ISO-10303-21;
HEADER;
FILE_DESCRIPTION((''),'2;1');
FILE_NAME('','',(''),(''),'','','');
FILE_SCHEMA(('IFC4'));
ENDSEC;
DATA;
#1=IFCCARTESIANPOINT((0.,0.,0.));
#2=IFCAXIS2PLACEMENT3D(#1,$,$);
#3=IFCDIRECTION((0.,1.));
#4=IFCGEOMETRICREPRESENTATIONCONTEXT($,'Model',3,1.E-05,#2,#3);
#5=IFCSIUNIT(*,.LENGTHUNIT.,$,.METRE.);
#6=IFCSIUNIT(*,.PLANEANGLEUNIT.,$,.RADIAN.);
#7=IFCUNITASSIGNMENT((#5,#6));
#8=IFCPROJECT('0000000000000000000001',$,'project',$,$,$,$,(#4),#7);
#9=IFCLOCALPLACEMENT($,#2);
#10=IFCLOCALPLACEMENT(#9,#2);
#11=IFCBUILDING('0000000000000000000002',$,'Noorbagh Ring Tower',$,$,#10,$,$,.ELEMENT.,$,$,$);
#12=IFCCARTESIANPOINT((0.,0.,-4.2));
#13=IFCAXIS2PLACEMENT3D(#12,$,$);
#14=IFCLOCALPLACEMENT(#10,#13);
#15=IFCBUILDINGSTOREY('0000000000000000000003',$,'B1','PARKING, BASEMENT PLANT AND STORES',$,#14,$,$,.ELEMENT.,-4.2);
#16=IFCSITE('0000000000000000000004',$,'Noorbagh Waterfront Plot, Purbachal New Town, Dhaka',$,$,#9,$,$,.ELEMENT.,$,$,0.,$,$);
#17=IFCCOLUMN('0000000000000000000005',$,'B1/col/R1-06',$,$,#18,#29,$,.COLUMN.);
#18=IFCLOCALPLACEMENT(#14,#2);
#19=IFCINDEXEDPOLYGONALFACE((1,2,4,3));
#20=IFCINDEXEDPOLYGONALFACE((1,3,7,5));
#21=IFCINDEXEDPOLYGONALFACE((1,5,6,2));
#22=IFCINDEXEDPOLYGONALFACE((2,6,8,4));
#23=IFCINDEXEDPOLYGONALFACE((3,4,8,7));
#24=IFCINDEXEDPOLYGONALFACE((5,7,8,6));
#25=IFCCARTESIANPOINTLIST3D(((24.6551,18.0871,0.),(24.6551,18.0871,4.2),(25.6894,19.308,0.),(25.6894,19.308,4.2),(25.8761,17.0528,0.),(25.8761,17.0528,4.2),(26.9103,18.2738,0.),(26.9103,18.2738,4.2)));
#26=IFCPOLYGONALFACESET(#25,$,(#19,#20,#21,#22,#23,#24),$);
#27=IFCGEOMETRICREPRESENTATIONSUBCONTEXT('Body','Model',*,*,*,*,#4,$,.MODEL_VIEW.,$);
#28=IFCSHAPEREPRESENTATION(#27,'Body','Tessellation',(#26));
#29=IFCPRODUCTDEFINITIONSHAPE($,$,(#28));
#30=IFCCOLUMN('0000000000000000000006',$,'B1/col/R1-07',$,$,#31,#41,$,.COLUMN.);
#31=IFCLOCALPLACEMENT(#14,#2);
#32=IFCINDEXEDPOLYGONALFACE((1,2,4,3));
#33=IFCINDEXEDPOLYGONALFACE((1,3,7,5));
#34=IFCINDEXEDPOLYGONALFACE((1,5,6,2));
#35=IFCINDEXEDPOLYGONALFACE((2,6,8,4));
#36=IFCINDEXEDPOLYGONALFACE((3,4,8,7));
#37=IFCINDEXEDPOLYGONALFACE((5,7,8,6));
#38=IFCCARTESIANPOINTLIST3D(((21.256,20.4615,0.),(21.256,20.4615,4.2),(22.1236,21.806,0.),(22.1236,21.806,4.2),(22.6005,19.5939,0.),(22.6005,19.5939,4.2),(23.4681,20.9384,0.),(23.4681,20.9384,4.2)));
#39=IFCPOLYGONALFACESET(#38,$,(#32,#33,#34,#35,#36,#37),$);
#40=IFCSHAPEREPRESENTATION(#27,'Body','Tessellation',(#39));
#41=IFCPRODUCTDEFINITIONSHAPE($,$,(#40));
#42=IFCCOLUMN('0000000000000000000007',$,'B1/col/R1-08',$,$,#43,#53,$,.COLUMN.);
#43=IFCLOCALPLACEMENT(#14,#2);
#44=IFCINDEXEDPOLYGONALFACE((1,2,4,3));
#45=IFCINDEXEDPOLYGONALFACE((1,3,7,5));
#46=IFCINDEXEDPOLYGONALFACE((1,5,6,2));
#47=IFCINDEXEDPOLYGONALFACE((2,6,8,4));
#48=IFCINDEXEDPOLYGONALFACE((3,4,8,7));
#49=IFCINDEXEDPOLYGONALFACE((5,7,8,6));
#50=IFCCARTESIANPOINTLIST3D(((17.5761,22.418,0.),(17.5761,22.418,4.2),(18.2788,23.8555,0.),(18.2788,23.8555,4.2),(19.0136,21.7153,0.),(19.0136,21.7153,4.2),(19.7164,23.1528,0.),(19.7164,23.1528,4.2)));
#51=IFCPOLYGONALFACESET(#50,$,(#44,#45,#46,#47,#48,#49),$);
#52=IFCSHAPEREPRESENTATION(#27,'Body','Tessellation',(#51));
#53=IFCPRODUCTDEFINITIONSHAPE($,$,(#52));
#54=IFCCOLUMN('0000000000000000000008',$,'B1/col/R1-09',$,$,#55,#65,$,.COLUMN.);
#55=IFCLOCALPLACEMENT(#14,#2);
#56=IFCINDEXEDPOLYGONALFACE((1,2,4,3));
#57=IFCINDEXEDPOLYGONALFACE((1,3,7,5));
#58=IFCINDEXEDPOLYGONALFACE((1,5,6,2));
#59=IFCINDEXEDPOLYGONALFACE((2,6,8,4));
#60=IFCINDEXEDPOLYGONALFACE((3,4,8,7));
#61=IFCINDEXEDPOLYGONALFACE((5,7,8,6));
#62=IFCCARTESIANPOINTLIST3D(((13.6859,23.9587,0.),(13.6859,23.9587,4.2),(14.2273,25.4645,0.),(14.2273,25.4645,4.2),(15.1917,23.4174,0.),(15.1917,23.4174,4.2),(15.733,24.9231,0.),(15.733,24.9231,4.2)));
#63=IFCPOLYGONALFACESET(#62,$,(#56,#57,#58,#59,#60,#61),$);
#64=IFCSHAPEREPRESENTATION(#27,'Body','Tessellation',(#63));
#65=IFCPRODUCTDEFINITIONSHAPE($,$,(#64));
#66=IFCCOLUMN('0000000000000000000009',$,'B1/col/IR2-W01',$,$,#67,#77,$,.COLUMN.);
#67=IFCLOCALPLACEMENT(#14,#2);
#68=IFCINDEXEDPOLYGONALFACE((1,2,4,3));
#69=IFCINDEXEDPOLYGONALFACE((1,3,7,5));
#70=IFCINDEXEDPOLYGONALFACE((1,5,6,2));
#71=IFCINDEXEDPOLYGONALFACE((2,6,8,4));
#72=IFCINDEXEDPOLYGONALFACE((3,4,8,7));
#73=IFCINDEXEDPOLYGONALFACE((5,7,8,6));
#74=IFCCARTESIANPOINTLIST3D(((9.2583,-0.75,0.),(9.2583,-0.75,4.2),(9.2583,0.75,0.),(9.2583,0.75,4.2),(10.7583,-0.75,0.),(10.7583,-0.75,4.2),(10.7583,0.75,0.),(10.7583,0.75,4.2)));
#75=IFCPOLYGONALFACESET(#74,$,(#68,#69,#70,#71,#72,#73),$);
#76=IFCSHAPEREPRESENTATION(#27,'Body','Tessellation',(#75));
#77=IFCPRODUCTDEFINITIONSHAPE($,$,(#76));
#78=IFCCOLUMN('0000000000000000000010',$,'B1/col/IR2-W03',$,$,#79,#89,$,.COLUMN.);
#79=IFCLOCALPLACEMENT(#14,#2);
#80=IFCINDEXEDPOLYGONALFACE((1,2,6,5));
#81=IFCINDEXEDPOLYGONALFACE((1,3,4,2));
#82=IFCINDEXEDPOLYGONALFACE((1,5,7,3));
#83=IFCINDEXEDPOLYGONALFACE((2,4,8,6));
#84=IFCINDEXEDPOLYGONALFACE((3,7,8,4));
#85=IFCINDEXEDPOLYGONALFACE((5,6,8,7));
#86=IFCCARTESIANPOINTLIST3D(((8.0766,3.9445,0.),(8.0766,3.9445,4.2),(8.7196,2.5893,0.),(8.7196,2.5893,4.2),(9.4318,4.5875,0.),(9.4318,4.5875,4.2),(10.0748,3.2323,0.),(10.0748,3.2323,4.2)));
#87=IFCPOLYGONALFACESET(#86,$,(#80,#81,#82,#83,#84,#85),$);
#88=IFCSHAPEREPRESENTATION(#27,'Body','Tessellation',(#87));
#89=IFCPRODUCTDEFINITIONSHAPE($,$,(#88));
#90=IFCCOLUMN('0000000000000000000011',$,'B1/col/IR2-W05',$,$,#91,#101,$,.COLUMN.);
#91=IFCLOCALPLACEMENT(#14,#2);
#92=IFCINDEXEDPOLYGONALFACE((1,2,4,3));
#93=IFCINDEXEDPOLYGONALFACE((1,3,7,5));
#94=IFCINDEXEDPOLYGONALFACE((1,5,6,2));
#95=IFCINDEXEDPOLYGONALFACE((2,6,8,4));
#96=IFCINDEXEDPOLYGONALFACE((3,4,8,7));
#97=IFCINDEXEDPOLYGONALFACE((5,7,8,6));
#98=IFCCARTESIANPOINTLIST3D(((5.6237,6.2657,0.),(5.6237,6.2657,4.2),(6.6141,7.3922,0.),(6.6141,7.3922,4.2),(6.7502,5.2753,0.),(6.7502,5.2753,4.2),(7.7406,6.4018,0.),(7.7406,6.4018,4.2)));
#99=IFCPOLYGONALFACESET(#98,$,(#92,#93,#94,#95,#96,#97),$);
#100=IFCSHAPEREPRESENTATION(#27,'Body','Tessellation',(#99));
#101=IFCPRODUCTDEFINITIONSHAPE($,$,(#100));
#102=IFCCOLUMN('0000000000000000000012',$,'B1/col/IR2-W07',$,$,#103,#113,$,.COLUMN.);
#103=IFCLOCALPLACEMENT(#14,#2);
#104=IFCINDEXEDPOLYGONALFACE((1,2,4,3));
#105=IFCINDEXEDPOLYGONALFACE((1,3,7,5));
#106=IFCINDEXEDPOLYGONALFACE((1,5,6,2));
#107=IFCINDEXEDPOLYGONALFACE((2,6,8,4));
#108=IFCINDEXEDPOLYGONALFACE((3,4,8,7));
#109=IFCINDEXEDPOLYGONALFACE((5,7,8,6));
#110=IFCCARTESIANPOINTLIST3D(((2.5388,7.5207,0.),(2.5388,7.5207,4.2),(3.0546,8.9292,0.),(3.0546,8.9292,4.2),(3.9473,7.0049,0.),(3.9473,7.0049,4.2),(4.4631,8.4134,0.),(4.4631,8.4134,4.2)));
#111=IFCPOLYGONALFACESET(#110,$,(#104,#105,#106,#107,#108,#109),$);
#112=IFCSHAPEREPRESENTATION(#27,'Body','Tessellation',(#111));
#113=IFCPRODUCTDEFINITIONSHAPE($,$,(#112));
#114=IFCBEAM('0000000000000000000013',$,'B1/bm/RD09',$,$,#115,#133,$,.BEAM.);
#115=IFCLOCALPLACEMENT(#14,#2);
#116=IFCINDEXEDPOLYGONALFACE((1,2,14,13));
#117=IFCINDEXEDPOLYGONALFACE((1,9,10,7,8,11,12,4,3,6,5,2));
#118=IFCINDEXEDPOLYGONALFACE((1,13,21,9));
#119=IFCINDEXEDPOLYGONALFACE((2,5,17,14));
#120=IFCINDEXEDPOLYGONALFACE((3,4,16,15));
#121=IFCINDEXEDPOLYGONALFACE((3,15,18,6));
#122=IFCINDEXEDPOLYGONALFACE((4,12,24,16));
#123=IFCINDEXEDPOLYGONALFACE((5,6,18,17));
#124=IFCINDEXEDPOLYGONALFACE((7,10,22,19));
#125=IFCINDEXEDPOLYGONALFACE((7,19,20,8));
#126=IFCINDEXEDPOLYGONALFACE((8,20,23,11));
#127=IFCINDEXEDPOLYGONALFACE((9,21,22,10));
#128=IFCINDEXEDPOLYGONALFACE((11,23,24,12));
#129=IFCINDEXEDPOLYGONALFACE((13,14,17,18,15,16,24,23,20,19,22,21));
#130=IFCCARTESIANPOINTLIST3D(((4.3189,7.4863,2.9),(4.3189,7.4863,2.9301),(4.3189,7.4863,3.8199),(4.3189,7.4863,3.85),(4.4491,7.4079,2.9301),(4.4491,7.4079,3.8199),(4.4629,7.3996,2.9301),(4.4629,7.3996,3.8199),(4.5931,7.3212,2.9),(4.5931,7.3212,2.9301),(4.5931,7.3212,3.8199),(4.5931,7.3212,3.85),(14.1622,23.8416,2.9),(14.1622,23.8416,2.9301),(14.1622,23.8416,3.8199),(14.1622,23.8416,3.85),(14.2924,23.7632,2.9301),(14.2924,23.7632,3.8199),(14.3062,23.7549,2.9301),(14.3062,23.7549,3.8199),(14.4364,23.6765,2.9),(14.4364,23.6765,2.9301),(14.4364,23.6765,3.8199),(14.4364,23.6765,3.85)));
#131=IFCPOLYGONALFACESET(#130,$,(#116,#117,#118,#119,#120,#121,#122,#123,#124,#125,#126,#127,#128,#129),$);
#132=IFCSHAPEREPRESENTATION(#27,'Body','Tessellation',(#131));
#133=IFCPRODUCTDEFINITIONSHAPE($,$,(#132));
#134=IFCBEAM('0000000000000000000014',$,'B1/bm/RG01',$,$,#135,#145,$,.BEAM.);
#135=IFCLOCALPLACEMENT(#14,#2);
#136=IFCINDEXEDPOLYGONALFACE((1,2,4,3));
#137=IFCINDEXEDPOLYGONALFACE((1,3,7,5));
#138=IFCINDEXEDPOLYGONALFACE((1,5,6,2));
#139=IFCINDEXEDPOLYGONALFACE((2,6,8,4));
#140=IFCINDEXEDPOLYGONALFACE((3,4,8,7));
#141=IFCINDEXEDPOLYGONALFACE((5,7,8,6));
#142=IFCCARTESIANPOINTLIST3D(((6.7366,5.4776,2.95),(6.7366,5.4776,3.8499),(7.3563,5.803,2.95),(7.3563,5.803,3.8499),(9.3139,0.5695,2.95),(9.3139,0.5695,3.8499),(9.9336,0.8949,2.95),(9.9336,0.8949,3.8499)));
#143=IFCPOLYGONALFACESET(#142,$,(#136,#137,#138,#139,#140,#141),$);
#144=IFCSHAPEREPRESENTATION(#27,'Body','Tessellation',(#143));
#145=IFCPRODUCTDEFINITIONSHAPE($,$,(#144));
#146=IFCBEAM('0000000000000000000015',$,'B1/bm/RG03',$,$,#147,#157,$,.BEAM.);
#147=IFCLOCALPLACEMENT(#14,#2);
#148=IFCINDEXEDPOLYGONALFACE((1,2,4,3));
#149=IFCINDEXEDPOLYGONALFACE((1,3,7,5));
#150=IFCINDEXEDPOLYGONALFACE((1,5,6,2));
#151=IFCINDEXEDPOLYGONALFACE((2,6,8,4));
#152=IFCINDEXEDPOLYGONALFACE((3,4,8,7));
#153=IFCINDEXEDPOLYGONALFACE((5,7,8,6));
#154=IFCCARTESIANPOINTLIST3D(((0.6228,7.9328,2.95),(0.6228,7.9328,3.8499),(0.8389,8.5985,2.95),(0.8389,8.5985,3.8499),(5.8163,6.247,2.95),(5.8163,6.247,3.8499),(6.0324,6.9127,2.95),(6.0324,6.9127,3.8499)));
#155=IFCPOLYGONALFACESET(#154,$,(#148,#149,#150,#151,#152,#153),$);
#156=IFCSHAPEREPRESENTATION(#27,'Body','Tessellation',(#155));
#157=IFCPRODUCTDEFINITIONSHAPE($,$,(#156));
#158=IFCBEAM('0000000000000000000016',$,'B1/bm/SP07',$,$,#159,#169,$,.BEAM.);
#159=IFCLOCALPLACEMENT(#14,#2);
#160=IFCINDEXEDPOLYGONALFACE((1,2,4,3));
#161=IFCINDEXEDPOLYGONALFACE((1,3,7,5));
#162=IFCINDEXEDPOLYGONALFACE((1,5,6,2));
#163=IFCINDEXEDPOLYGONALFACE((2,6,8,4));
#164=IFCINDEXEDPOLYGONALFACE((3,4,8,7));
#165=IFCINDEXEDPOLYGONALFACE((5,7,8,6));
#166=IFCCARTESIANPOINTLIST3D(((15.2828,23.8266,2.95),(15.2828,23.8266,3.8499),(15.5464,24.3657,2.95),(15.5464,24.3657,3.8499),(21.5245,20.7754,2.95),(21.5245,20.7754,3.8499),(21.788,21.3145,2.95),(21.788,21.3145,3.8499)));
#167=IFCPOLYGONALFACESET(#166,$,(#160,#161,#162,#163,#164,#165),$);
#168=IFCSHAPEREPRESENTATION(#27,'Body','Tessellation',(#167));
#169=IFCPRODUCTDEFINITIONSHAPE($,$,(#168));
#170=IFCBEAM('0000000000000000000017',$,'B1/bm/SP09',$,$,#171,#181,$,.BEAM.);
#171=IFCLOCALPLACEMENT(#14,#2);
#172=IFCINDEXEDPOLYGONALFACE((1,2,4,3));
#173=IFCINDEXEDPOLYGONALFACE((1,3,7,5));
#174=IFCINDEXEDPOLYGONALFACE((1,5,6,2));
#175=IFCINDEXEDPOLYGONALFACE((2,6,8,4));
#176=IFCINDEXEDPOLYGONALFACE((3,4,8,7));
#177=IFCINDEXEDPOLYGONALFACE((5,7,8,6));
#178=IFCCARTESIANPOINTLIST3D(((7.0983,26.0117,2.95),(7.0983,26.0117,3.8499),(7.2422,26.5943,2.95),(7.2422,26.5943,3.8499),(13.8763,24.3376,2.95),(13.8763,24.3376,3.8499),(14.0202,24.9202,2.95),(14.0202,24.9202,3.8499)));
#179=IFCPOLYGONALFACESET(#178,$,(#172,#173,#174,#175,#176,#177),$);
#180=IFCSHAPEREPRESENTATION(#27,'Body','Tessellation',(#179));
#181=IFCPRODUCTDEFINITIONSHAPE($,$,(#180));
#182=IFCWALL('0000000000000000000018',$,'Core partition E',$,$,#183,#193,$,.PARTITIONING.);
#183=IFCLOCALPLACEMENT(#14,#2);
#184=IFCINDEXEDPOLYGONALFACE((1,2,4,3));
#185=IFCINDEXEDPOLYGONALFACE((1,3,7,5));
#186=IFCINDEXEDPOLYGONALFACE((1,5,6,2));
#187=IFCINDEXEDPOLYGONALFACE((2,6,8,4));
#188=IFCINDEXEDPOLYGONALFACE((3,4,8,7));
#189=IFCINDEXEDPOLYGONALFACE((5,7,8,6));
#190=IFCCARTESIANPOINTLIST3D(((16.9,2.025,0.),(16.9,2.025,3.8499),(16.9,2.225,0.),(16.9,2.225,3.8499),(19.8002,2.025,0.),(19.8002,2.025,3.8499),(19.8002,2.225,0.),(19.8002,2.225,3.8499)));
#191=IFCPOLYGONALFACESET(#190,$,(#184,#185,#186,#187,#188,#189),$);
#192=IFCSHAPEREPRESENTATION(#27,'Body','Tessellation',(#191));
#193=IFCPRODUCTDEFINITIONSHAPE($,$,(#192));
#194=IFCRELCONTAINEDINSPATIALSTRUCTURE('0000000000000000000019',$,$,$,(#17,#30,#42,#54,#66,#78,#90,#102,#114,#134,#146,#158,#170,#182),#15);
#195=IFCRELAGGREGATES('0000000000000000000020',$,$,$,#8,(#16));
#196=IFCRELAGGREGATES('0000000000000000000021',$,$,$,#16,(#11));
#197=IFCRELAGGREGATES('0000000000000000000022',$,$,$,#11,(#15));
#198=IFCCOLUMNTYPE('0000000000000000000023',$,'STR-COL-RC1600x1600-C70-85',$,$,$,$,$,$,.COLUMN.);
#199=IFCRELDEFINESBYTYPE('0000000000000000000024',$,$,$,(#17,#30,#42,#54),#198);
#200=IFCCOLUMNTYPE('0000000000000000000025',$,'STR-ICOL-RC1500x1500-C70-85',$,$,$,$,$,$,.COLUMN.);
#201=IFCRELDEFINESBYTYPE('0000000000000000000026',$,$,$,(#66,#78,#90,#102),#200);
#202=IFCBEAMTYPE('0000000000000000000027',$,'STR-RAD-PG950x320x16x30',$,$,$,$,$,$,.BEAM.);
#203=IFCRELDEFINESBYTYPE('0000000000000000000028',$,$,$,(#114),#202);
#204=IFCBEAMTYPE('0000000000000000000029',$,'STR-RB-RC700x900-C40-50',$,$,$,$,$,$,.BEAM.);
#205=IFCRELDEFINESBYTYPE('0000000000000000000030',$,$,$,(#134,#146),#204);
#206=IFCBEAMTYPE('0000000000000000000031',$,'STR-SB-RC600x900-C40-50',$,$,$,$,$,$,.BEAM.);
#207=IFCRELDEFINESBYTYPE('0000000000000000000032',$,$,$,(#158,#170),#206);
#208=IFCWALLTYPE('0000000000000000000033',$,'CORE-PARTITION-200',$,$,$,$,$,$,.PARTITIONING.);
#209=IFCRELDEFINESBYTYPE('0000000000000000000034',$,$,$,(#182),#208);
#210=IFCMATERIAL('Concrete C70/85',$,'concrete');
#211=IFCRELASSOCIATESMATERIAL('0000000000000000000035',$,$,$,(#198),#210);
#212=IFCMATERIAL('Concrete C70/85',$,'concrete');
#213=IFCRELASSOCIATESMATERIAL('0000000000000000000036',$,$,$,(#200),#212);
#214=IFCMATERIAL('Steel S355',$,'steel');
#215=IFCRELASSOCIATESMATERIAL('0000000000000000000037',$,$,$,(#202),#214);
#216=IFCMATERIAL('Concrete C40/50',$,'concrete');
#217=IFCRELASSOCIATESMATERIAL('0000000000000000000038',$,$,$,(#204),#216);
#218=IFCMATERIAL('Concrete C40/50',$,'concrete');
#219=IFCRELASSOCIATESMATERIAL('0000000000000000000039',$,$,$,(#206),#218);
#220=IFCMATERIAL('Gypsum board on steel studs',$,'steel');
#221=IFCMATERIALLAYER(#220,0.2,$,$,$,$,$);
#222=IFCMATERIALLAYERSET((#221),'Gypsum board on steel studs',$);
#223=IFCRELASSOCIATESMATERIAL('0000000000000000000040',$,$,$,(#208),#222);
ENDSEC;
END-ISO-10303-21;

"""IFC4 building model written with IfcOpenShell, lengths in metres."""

from ifc_helpers import new_model, si_unit, direction, frame, frame_2d, origin, origin_2d, place, context, subcontext, project, spatial, rectangle, i_section, extrude, material, layer, layer_set, material_profile, profile_set, type_object, element, save


model = new_model("IFC4")

# Units and contexts
model_context = context("Model", 3, precision=1e-05, world=origin(), true_north=direction((0.0, 1.0)))
body_context = subcontext(model_context, "Body", "Model", "MODEL_VIEW")
ifc_project = project(units=[si_unit("LENGTHUNIT", "METRE"), si_unit("PLANEANGLEUNIT", "RADIAN")], contexts=[model_context])

# Site, building, storey
site_placement = place(None, origin())
site = spatial("IfcSite", under=ifc_project, at=site_placement, Name="Noorbagh Waterfront Plot, Purbachal New Town, Dhaka", CompositionType="ELEMENT", RefElevation=0.0)
building_placement = place(site_placement, origin())
building = spatial("IfcBuilding", under=site, at=building_placement, Name="Noorbagh Ring Tower", CompositionType="ELEMENT")
storey_placement = place(building_placement, frame((0.0, 0.0, -4.2)))
storey = spatial("IfcBuildingStorey", under=building, at=storey_placement, Name="B1", Description="PARKING, BASEMENT PLANT AND STORES", CompositionType="ELEMENT", Elevation=-4.2)

# Columns
ifc_material_1 = material(Name="Concrete C70/85", Category="concrete")
ifc_material_profile_1 = material_profile(ifc_material_1, rectangle(XDim=1.6001, YDim=1.6001, at=origin_2d()), Name="RC1600x1600")
ifc_profile_set_1 = profile_set([ifc_material_profile_1], Name="Concrete C70/85")
column_type_1 = type_object("IfcColumnType", Name="STR-COL-RC1600x1600-C70-85", PredefinedType="COLUMN", material=ifc_profile_set_1)
for number, where, z_axis, x_axis, name in (
    (1, (25.7827, 18.1804, 0.0), (0.0, 0.0, 1.0), (-0.763035, 0.646357, 0.0), "B1/col/R1-06"),
    (2, (22.3621, 20.7, 0.0), (0.0, 0.0, 1.0), (-0.840248, 0.542203, 0.0), "B1/col/R1-07"),
    (3, (18.6462, 22.7854, 0.0), (0.0, 0.0, 1.0), (-0.898399, 0.43918, 0.0), "B1/col/R1-08"),
    (4, (14.7095, 24.4409, 0.0), (0.0, 0.0, 1.0), (-0.941025, 0.338338, 0.0), "B1/col/R1-09"),
):
    element("IfcColumn", number, at=place(storey_placement, frame(where, z_axis=z_axis, x_axis=x_axis)), inside=storey, type_object=column_type_1, Name=name, PredefinedType="COLUMN", context=body_context, shape_type="SweptSolid", body=[
        extrude(rectangle(XDim=1.6001, YDim=1.6001, at=origin_2d()), origin(), (0.0, 0.0, 1.0), 4.2),
    ])
ifc_material_2 = material(Name="Concrete C70/85", Category="concrete")
ifc_material_profile_2 = material_profile(ifc_material_2, rectangle(XDim=1.5, YDim=1.5, at=origin_2d()), Name="RC1500x1500")
ifc_profile_set_2 = profile_set([ifc_material_profile_2], Name="Concrete C70/85")
column_type_2 = type_object("IfcColumnType", Name="STR-ICOL-RC1500x1500-C70-85", PredefinedType="COLUMN", material=ifc_profile_set_2)
for number, where, z_axis, x_axis, name in (
    (5, (10.0083, 0.0, 0.0), (0.0, 0.0, 1.0), (0.0, 1.0, 0.0), "B1/col/IR2-W01"),
    (6, (9.0757, 3.5884, 0.0), (0.0, 0.0, 1.0), (-0.428667, 0.903463, 0.0), "B1/col/IR2-W03"),
    (7, (6.6821, 6.3337, 0.0), (0.0, 0.0, 1.0), (-0.751022, 0.660277, 0.0), "B1/col/IR2-W05"),
    (8, (3.501, 7.967, 0.0), (0.0, 0.0, 1.0), (-0.93902, 0.343864, 0.0), "B1/col/IR2-W07"),
):
    element("IfcColumn", number, at=place(storey_placement, frame(where, z_axis=z_axis, x_axis=x_axis)), inside=storey, type_object=column_type_2, Name=name, PredefinedType="COLUMN", context=body_context, shape_type="SweptSolid", body=[
        extrude(rectangle(XDim=1.5, YDim=1.5, at=origin_2d()), origin(), (0.0, 0.0, 1.0), 4.2),
    ])

# Beams
ifc_material_3 = material(Name="Steel S355", Category="steel")
ifc_material_profile_3 = material_profile(ifc_material_3, i_section(OverallWidth=0.3201, OverallDepth=0.95, WebThickness=0.0161, FlangeThickness=0.03, at=origin_2d()), Name="PG950x320x16x30")
ifc_profile_set_3 = profile_set([ifc_material_profile_3], Name="Steel S355")
beam_type_1 = type_object("IfcBeamType", Name="STR-RAD-PG950x320x16x30", PredefinedType="BEAM", material=ifc_profile_set_3)
beam_1_placement = place(storey_placement, frame((14.2993, 23.759, 3.375), z_axis=(-0.515656, -0.856796, 0.0), x_axis=(0.856796, -0.515656, 0.0)))
element("IfcBeam", 9, at=beam_1_placement, inside=storey, type_object=beam_type_1, Name="B1/bm/RD09", PredefinedType="BEAM", context=body_context, shape_type="SweptSolid", body=[
    extrude(i_section(OverallWidth=0.3201, OverallDepth=0.95, WebThickness=0.0161, FlangeThickness=0.03, at=origin_2d()), origin(), (0.0, 0.0, 1.0), 19.0889),
])
ifc_material_4 = material(Name="Concrete C40/50", Category="concrete")
ifc_material_profile_4 = material_profile(ifc_material_4, rectangle(XDim=0.7, YDim=0.8999, at=origin_2d()), Name="RC700x900")
ifc_profile_set_4 = profile_set([ifc_material_profile_4], Name="Concrete C40/50")
beam_type_2 = type_object("IfcBeamType", Name="STR-RB-RC700x900-C40-50", PredefinedType="BEAM", material=ifc_profile_set_4)
beam_2_placement = place(storey_placement, frame((9.6238, 0.7322, 3.3999), z_axis=(-0.464917, 0.885354, 0.0), x_axis=(-0.885354, -0.464917, 0.0)))
element("IfcBeam", 10, at=beam_2_placement, inside=storey, type_object=beam_type_2, Name="B1/bm/RG01", PredefinedType="BEAM", context=body_context, shape_type="SweptSolid", body=[
    extrude(rectangle(XDim=0.7, YDim=0.8999, at=origin_2d()), origin(), (0.0, 0.0, 1.0), 5.5437),
])
beam_3_placement = place(storey_placement, frame((5.9243, 6.5798, 3.3999), z_axis=(-0.951144, 0.308746, 0.0), x_axis=(-0.308746, -0.951144, 0.0)))
element("IfcBeam", 11, at=beam_3_placement, inside=storey, type_object=beam_type_2, Name="B1/bm/RG03", PredefinedType="BEAM", context=body_context, shape_type="SweptSolid", body=[
    extrude(rectangle(XDim=0.7, YDim=0.8999, at=origin_2d()), origin(), (0.0, 0.0, 1.0), 5.4602),
])
ifc_material_5 = material(Name="Concrete C40/50", Category="concrete")
ifc_material_profile_5 = material_profile(ifc_material_5, rectangle(XDim=0.6001, YDim=0.8999, at=origin_2d()), Name="RC600x900")
ifc_profile_set_5 = profile_set([ifc_material_profile_5], Name="Concrete C40/50")
beam_type_3 = type_object("IfcBeamType", Name="STR-SB-RC600x900-C40-50", PredefinedType="BEAM", material=ifc_profile_set_5)
beam_4_placement = place(storey_placement, frame((21.6562, 21.0449, 3.3999), z_axis=(-0.898397, 0.439184, 0.0), x_axis=(-0.439184, -0.898397, 0.0)))
element("IfcBeam", 12, at=beam_4_placement, inside=storey, type_object=beam_type_3, Name="B1/bm/SP07", PredefinedType="BEAM", context=body_context, shape_type="SweptSolid", body=[
    extrude(rectangle(XDim=0.6001, YDim=0.8999, at=origin_2d()), origin(), (0.0, 0.0, 1.0), 6.9475),
])
beam_5_placement = place(storey_placement, frame((13.9482, 24.6289, 3.3999), z_axis=(-0.970828, 0.239778, 0.0), x_axis=(-0.239778, -0.970828, 0.0)))
element("IfcBeam", 13, at=beam_5_placement, inside=storey, type_object=beam_type_3, Name="B1/bm/SP09", PredefinedType="BEAM", context=body_context, shape_type="SweptSolid", body=[
    extrude(rectangle(XDim=0.6001, YDim=0.8999, at=origin_2d()), origin(), (0.0, 0.0, 1.0), 6.9817),
])

# Wall
ifc_material_6 = material(Name="Gypsum board on steel studs", Category="steel")
ifc_layer_1 = layer(ifc_material_6, 0.2)
ifc_layer_set_1 = layer_set([ifc_layer_1], Name="Gypsum board on steel studs")
wall_type_1 = type_object("IfcWallType", Name="CORE-PARTITION-200", PredefinedType="PARTITIONING", material=ifc_layer_set_1)
wall_1_placement = place(storey_placement, frame((16.8999, 2.125, 0.0), z_axis=(0.0, 0.0, 1.0), x_axis=(1.0, 0.0, 0.0)))
element("IfcWall", 14, at=wall_1_placement, inside=storey, type_object=wall_type_1, Name="Core partition E", PredefinedType="PARTITIONING", context=body_context, shape_type="SweptSolid", body=[
    extrude(rectangle(XDim=2.9001, YDim=0.2, at=frame_2d((1.4502, 0.0))), origin(), (0.0, 0.0, 1.0), 3.8499),
])

save(model, "model.ifc")
